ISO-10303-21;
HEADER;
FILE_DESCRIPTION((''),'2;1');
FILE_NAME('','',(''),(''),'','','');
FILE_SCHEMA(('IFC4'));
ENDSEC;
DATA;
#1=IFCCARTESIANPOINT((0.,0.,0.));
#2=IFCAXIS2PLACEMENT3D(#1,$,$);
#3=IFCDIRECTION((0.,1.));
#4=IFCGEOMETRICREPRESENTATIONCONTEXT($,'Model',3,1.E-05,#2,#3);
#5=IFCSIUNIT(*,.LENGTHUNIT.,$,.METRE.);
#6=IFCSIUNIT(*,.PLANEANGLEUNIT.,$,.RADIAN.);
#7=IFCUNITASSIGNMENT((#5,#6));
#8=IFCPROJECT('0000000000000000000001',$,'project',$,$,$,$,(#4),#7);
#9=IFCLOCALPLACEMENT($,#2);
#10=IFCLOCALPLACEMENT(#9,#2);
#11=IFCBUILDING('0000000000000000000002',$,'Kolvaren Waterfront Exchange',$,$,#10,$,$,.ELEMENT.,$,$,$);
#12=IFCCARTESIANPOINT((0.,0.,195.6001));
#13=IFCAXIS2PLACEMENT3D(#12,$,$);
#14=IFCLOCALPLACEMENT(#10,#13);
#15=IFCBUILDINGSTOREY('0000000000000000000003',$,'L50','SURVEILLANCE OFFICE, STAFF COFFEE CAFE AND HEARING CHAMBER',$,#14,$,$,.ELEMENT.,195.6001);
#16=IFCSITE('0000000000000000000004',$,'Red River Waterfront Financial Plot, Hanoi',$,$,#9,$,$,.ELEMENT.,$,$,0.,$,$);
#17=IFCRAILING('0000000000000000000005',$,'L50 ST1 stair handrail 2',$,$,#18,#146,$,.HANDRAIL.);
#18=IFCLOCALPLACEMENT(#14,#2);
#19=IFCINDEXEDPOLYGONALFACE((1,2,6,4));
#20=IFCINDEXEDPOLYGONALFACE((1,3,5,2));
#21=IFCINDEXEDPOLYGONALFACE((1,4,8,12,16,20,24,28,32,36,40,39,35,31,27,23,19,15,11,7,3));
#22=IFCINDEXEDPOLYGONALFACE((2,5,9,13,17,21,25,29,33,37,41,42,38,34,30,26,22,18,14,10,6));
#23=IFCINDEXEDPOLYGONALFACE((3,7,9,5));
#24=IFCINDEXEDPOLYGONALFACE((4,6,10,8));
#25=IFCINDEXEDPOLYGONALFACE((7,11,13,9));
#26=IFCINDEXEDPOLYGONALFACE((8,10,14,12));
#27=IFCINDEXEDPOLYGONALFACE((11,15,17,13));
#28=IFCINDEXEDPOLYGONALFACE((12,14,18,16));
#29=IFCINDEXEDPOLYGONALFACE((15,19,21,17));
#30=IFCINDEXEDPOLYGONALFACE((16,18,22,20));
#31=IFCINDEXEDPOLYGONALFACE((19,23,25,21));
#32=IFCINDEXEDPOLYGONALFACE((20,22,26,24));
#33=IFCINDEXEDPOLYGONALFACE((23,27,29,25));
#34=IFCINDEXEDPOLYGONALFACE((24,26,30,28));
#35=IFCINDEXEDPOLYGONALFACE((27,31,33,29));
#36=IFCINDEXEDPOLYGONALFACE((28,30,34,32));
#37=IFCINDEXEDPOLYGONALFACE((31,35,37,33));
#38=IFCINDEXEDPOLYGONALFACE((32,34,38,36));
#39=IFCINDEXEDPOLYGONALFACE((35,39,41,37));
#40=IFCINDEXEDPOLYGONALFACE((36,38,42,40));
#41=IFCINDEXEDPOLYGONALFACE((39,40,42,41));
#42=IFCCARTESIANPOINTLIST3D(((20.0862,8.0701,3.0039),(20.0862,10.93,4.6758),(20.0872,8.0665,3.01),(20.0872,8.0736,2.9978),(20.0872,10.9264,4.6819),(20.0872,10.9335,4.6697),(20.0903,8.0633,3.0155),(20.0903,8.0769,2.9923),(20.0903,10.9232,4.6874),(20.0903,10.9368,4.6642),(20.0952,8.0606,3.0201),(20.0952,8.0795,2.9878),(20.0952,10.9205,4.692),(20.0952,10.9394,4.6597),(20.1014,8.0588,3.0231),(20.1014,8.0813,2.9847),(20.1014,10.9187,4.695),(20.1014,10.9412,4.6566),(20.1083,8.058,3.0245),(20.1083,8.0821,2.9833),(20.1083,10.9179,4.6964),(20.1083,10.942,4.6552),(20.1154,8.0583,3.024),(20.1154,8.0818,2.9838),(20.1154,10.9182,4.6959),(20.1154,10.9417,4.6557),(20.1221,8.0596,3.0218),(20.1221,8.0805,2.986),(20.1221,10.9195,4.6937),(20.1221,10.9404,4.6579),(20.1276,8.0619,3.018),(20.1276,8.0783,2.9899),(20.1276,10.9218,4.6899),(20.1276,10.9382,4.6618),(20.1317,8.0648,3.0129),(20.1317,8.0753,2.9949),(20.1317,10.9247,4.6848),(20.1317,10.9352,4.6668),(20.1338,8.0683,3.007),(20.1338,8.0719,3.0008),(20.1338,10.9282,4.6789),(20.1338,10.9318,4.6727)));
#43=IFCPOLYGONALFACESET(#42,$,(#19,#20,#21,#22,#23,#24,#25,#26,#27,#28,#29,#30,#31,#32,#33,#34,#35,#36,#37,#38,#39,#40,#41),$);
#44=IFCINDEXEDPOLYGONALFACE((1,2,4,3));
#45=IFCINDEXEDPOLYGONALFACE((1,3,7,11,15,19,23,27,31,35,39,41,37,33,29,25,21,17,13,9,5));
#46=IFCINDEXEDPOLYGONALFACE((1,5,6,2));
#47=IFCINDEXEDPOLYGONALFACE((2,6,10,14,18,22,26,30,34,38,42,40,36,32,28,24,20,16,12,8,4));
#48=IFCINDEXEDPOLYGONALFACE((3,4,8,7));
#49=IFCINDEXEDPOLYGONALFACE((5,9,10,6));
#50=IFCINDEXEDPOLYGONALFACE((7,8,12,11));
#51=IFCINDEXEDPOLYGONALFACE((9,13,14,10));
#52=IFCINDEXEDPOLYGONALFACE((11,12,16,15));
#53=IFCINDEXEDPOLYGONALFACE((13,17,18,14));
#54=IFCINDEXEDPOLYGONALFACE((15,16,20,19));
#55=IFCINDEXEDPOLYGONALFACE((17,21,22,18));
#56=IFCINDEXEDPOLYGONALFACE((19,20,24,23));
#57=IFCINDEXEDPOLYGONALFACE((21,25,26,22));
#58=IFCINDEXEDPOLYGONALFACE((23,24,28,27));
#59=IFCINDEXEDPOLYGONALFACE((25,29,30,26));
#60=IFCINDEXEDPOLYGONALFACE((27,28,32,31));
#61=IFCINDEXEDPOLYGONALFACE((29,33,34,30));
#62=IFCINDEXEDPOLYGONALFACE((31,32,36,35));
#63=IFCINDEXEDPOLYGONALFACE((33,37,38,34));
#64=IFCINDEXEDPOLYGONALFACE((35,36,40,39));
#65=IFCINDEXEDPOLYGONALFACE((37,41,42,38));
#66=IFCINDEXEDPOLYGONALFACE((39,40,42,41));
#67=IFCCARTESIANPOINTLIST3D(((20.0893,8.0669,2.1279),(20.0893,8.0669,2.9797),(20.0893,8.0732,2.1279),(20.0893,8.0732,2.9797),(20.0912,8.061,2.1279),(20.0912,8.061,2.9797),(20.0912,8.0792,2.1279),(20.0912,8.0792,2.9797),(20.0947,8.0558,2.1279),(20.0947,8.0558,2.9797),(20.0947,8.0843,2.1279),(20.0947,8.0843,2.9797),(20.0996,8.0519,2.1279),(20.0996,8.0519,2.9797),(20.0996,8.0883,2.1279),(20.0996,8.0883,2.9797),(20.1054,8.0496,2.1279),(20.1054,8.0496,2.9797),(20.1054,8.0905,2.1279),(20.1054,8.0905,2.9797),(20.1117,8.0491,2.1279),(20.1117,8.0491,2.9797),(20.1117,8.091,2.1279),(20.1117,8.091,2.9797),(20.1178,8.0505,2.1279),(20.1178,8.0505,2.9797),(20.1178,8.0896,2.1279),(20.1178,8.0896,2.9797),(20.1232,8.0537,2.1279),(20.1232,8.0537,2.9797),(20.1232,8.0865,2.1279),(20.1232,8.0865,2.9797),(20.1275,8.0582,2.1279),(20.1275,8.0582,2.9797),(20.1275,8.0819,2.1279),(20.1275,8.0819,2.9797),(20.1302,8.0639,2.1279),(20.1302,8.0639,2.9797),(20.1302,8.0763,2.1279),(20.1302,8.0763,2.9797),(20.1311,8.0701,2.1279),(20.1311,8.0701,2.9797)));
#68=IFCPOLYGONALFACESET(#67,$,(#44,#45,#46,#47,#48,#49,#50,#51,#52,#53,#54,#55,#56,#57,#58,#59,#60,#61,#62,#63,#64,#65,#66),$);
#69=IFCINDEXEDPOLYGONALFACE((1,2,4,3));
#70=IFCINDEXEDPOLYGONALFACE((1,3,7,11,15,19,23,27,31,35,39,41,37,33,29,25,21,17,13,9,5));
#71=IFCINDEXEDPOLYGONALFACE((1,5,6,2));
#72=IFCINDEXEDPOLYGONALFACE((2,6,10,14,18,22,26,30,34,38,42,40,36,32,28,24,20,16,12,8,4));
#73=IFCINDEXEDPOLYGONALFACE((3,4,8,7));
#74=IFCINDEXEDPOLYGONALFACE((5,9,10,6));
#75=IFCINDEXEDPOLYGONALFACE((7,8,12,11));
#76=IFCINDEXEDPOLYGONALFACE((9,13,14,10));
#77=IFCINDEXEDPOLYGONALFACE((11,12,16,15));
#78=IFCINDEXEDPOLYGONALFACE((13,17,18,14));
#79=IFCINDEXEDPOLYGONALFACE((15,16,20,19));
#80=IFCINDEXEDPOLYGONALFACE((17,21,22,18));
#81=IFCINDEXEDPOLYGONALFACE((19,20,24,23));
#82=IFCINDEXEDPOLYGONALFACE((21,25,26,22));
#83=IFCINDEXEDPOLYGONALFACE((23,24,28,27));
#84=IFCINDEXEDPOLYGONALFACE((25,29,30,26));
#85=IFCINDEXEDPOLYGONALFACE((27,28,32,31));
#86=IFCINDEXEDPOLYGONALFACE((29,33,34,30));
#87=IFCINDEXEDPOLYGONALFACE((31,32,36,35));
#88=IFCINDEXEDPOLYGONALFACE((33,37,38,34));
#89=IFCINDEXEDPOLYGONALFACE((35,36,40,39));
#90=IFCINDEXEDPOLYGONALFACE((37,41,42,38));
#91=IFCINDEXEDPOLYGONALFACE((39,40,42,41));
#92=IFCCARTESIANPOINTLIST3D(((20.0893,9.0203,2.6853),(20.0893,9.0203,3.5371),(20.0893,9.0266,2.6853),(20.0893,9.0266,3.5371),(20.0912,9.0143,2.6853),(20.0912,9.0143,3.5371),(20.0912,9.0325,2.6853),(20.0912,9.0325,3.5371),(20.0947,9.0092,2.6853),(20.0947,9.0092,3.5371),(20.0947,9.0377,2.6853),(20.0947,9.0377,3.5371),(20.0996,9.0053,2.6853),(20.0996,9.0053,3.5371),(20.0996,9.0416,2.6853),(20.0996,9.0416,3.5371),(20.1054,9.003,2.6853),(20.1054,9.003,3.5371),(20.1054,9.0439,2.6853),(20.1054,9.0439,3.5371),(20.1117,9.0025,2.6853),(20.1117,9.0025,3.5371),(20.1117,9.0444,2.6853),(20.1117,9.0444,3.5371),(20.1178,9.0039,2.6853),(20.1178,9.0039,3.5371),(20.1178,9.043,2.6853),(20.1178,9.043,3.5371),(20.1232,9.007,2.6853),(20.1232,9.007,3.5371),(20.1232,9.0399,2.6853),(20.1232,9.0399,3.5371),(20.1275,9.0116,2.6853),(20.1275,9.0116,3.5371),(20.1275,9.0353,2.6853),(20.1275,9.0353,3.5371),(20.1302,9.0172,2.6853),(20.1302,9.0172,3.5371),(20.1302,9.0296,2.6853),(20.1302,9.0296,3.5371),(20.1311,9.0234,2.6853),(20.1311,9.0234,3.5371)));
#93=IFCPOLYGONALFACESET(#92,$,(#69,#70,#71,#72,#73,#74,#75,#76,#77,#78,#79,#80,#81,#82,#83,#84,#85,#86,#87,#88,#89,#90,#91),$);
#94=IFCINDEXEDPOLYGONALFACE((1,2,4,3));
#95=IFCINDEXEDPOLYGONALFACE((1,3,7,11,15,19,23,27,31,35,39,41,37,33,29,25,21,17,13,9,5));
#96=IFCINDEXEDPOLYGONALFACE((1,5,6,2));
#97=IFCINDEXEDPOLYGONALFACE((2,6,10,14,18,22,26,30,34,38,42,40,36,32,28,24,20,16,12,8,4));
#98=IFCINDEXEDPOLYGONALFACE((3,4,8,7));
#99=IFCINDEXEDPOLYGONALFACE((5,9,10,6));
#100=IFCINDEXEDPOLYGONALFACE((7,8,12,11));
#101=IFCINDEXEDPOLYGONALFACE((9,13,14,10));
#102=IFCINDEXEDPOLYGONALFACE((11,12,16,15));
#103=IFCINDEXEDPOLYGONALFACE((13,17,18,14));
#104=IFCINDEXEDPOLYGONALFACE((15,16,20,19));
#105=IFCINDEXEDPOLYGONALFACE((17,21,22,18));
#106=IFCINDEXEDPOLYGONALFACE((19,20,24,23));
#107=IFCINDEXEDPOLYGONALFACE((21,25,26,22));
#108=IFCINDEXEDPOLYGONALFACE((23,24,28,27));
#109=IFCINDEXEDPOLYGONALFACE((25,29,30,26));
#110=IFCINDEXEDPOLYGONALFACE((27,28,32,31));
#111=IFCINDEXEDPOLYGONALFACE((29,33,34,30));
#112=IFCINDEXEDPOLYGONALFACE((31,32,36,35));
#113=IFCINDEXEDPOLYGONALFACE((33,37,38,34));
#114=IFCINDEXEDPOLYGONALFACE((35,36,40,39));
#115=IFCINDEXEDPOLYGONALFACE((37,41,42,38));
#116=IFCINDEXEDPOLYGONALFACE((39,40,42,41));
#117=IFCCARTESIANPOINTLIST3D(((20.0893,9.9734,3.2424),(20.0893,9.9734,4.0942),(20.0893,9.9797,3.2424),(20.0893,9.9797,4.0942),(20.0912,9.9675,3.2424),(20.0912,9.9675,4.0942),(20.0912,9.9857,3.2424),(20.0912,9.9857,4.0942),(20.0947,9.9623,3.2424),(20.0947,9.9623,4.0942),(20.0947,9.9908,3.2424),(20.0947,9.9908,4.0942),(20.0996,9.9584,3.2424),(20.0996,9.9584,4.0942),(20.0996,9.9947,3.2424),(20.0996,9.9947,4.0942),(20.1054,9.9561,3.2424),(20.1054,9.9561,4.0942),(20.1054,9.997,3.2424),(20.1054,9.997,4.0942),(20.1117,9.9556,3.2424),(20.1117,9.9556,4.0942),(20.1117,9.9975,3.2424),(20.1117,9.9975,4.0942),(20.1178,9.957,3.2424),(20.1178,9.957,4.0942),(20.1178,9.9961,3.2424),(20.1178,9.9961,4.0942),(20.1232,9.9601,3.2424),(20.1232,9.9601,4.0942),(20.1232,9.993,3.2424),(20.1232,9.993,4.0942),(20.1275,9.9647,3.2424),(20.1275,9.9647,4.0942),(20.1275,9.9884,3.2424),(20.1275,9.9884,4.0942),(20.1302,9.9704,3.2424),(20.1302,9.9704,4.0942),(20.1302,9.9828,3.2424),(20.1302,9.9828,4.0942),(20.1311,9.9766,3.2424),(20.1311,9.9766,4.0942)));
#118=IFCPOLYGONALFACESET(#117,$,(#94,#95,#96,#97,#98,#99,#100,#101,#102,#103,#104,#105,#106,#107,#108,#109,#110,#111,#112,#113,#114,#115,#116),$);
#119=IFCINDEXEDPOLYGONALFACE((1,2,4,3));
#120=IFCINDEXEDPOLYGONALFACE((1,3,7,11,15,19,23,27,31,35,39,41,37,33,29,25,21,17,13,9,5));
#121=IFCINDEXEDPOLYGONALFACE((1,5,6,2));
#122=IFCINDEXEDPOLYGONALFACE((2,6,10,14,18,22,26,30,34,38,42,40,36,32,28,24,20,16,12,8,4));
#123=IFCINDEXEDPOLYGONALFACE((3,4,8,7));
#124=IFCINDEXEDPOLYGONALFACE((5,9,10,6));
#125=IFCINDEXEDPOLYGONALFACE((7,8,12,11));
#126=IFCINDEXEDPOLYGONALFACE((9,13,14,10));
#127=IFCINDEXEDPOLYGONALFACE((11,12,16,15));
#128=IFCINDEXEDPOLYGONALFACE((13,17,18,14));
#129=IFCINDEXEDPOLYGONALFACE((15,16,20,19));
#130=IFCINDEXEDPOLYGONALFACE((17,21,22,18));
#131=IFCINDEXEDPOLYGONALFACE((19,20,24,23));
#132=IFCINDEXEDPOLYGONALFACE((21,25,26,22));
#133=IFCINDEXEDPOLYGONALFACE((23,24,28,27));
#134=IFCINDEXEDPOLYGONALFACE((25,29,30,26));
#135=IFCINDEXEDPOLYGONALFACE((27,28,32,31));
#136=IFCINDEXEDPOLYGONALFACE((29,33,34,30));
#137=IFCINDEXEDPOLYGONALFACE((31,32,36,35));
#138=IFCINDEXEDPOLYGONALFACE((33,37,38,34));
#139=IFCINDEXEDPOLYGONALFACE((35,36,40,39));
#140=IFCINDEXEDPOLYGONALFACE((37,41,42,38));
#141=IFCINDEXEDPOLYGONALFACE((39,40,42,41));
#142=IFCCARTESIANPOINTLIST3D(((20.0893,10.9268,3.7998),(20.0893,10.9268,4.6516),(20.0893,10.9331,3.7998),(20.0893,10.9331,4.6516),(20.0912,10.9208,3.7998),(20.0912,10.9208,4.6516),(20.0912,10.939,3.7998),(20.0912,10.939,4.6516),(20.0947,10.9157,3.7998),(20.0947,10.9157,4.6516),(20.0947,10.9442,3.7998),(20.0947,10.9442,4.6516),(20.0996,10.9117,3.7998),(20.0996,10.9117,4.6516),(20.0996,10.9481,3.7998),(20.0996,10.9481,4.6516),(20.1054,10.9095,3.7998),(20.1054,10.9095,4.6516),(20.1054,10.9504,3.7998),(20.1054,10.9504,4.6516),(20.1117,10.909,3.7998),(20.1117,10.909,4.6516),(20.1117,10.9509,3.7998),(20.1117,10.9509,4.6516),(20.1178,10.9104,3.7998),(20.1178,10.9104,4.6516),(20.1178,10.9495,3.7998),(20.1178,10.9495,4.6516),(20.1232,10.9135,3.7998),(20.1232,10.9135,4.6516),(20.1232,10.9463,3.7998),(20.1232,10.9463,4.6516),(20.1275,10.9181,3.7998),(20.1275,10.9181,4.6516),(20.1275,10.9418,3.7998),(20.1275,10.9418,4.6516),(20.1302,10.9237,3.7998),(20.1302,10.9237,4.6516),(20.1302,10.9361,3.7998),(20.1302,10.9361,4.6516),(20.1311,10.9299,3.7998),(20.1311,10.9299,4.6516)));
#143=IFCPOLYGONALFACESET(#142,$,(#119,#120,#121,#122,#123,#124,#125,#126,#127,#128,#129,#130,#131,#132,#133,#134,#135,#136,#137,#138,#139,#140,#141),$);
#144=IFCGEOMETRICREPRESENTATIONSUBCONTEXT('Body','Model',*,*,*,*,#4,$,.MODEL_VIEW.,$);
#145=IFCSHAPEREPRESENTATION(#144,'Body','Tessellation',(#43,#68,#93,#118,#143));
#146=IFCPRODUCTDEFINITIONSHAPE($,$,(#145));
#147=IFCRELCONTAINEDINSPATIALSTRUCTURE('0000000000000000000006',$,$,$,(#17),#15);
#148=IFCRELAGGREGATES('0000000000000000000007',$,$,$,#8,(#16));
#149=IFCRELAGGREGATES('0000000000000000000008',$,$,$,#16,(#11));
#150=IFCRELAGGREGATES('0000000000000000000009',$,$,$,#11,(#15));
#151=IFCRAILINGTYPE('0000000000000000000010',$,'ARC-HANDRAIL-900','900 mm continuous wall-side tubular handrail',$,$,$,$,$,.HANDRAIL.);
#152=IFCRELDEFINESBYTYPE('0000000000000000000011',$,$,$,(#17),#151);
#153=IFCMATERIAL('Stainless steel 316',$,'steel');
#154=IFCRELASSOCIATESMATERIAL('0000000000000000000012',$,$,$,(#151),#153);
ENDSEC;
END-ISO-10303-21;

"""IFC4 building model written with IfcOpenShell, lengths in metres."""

from ifc_helpers import new_model, si_unit, direction, frame, origin, origin_2d, place, context, subcontext, project, spatial, circle, extrude, material, type_object, element, save


model = new_model("IFC4")

# Units and contexts
model_context = context("Model", 3, precision=1e-05, world=origin(), true_north=direction((0.0, 1.0)))
body_context = subcontext(model_context, "Body", "Model", "MODEL_VIEW")
ifc_project = project(units=[si_unit("LENGTHUNIT", "METRE"), si_unit("PLANEANGLEUNIT", "RADIAN")], contexts=[model_context])

# Site, building, storey
site_placement = place(None, origin())
site = spatial("IfcSite", under=ifc_project, at=site_placement, Name="Red River Waterfront Financial Plot, Hanoi", CompositionType="ELEMENT", RefElevation=0.0)
building_placement = place(site_placement, origin())
building = spatial("IfcBuilding", under=site, at=building_placement, Name="Kolvaren Waterfront Exchange", CompositionType="ELEMENT")
storey_placement = place(building_placement, frame((0.0, 0.0, 195.6001)))
storey = spatial("IfcBuildingStorey", under=building, at=storey_placement, Name="L50", Description="SURVEILLANCE OFFICE, STAFF COFFEE CAFE AND HEARING CHAMBER", CompositionType="ELEMENT", Elevation=195.6001)

# Railing
ifc_material_1 = material(Name="Stainless steel 316", Category="steel")
railing_type_1 = type_object("IfcRailingType", Name="ARC-HANDRAIL-900", Description="900 mm continuous wall-side tubular handrail", PredefinedType="HANDRAIL", material=ifc_material_1)
railing_1_placement = place(storey_placement, frame((20.1101, 8.0701, 2.1279)))
element("IfcRailing", 1, at=railing_1_placement, inside=storey, type_object=railing_type_1, Name="L50 ST1 stair handrail 2", PredefinedType="HANDRAIL", context=body_context, shape_type="SweptSolid", body=[
    extrude(circle(Radius=0.0239, at=origin_2d()), frame((0.0, 0.0, 0.876), z_axis=(0.0, 0.863303, 0.504686), x_axis=(-1.0, 0.0, 0.0)), (0.0, 0.0, 1.0), 3.3127),
    extrude(circle(Radius=0.021, at=origin_2d()), origin(), (0.0, 0.0, 1.0), 0.8518),
    extrude(circle(Radius=0.021, at=origin_2d()), frame((0.0, 0.9534, 0.5574)), (0.0, 0.0, 1.0), 0.8518),
    extrude(circle(Radius=0.021, at=origin_2d()), frame((0.0, 1.9065, 1.1145)), (0.0, 0.0, 1.0), 0.8518),
    extrude(circle(Radius=0.021, at=origin_2d()), frame((0.0, 2.8599, 1.6719)), (0.0, 0.0, 1.0), 0.8518),
])

save(model, "model.ifc")
